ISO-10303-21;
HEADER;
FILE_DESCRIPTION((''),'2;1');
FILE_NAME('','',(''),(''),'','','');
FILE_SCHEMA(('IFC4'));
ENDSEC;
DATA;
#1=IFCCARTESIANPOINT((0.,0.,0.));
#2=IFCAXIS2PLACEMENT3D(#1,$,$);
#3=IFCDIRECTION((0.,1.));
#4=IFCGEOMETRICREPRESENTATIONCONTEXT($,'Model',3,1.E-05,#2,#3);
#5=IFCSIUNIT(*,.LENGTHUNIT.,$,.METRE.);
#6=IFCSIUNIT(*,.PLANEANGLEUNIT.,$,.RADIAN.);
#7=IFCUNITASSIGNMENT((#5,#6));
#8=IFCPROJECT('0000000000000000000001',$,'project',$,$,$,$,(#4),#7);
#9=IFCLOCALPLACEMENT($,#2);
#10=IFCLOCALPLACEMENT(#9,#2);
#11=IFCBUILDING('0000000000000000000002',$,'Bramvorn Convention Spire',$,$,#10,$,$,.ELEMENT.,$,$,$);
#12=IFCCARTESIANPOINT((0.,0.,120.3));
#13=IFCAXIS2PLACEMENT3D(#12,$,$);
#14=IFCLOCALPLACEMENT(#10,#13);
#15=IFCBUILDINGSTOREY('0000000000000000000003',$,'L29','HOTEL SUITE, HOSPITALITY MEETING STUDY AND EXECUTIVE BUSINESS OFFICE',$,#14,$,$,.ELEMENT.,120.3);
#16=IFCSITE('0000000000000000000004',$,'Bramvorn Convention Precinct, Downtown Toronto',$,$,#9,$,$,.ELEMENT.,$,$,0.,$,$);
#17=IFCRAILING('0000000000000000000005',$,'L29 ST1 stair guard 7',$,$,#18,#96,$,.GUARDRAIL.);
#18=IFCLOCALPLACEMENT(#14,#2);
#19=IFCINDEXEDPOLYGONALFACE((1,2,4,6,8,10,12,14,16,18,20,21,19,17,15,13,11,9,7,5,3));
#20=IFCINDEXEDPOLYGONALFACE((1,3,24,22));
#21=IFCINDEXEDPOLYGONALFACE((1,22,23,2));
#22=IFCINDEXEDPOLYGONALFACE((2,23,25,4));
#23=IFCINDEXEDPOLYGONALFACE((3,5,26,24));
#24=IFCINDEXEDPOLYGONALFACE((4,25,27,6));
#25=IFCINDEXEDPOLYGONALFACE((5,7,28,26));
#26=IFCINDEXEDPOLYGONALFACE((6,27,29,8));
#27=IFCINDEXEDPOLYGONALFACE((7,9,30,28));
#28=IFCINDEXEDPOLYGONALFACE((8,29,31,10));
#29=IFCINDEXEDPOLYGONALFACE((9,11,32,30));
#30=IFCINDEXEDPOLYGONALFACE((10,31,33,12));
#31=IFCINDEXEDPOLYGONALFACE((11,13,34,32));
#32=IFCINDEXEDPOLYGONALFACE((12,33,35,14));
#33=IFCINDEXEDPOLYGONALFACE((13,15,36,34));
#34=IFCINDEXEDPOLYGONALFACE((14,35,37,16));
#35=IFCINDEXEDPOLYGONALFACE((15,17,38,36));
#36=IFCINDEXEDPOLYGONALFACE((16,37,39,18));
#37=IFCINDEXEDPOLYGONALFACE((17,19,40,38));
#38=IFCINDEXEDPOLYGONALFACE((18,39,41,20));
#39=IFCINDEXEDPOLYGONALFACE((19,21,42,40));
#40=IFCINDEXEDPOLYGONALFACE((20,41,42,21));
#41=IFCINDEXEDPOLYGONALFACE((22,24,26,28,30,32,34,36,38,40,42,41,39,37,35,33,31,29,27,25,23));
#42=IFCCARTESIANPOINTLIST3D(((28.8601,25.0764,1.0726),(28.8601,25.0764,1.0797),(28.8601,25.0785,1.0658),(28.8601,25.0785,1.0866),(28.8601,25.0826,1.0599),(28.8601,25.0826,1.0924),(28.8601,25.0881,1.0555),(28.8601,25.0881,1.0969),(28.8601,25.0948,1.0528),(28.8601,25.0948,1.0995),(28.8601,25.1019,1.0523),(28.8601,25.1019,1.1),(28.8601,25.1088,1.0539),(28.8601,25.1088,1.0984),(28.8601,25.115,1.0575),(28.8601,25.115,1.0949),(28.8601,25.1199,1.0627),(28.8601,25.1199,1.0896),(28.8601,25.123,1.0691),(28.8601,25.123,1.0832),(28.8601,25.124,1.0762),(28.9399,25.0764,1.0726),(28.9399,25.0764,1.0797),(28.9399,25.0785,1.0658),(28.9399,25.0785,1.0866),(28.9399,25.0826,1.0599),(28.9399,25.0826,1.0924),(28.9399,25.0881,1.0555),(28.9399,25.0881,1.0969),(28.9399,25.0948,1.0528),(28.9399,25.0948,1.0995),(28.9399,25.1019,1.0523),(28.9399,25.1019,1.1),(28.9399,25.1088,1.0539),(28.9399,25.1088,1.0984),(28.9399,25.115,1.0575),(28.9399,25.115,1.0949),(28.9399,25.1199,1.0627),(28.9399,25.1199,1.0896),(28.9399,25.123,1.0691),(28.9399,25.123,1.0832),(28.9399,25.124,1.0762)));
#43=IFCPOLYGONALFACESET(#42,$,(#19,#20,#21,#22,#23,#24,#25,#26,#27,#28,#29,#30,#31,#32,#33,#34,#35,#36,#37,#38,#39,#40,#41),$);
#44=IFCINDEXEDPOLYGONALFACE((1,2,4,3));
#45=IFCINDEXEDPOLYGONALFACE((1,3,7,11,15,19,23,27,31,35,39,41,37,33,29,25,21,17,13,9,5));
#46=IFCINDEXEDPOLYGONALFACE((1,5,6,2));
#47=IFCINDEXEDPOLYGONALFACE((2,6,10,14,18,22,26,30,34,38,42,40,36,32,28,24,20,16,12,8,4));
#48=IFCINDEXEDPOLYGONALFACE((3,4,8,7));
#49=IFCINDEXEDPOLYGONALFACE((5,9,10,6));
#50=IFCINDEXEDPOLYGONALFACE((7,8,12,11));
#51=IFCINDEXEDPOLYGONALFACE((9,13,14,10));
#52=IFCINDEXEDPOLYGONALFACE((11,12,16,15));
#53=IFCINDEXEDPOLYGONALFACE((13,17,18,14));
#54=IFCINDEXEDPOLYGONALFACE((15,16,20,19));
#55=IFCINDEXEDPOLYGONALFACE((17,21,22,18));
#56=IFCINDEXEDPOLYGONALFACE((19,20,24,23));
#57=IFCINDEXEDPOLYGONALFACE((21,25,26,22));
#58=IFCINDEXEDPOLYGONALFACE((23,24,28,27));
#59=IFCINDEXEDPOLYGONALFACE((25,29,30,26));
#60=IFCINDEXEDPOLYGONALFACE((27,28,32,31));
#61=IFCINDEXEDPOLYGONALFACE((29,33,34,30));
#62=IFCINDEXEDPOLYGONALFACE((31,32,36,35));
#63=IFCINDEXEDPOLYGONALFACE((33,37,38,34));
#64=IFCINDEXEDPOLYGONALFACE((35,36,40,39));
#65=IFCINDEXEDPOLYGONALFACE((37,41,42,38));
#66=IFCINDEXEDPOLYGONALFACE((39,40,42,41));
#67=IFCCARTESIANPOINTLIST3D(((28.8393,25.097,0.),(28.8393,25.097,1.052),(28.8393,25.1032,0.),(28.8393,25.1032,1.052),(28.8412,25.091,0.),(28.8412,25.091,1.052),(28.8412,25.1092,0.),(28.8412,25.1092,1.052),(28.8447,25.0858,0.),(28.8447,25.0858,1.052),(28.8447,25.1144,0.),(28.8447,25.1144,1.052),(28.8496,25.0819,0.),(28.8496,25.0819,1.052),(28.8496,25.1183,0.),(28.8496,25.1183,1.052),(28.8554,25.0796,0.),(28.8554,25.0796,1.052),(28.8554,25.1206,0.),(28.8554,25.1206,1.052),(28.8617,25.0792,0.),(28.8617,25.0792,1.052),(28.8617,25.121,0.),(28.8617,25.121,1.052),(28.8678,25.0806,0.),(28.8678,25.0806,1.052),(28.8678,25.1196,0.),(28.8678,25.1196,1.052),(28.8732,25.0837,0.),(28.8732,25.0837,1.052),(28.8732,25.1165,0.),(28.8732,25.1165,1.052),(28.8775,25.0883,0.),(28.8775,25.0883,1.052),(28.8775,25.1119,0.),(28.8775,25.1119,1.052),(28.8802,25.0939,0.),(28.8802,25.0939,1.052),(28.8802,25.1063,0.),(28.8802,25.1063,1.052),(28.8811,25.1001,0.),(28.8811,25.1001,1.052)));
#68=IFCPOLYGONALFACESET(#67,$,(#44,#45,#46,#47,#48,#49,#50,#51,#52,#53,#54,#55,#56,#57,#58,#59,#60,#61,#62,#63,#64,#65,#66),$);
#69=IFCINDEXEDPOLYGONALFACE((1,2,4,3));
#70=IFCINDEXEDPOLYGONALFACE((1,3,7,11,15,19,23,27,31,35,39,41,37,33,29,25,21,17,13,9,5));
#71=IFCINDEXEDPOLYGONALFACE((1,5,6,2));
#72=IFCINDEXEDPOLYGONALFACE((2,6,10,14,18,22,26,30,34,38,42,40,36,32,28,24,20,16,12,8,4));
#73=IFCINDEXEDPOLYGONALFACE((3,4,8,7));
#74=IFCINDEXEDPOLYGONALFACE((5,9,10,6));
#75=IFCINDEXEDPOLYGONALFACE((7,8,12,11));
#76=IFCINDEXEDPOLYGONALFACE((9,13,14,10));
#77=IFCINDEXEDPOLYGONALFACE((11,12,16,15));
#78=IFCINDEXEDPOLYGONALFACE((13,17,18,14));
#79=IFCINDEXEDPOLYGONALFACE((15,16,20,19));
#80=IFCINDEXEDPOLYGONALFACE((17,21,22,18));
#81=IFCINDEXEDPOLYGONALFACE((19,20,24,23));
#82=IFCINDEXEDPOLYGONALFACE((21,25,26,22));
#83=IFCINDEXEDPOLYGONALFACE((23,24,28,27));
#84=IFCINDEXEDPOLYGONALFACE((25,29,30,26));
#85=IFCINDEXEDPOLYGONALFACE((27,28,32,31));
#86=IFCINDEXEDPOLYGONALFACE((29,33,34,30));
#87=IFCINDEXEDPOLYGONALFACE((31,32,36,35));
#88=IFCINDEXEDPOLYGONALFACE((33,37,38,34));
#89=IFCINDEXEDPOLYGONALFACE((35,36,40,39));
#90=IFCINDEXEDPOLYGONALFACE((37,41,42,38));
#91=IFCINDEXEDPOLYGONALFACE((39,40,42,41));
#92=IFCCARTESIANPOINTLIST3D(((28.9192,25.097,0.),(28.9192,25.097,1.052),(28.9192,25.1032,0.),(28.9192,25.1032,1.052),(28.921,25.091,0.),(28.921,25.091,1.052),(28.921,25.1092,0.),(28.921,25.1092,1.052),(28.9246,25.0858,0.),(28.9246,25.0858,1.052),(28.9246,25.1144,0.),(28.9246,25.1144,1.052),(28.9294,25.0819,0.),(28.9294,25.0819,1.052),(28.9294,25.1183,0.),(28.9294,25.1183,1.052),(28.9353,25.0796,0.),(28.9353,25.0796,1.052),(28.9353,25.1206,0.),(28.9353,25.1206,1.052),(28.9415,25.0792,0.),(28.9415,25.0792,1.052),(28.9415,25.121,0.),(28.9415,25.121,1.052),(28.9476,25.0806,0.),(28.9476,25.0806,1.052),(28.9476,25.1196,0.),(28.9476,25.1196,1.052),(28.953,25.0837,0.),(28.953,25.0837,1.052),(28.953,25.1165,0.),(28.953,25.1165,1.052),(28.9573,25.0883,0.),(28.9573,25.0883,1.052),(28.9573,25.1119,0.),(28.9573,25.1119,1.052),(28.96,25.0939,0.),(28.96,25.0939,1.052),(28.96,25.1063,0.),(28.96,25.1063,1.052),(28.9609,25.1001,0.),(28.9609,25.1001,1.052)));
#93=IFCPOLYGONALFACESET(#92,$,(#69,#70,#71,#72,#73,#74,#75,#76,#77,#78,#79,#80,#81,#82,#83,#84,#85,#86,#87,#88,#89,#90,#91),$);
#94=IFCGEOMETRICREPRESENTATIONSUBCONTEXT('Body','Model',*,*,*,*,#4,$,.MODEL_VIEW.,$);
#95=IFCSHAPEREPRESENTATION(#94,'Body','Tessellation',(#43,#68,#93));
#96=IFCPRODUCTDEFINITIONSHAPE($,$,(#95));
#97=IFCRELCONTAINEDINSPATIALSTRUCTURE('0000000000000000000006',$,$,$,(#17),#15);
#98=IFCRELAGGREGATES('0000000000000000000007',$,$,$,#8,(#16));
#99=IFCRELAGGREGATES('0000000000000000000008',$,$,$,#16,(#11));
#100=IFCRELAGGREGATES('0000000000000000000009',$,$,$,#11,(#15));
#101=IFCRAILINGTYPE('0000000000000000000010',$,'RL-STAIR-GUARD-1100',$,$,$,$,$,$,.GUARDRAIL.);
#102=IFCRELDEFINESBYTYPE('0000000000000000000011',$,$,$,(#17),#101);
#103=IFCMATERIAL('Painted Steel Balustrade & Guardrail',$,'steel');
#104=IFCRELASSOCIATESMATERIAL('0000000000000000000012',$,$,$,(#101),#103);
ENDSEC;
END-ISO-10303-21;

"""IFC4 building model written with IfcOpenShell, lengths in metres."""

from ifc_helpers import new_model, si_unit, direction, frame, origin, origin_2d, place, context, subcontext, project, spatial, circle, extrude, material, type_object, element, save


model = new_model("IFC4")

# Units and contexts
model_context = context("Model", 3, precision=1e-05, world=origin(), true_north=direction((0.0, 1.0)))
body_context = subcontext(model_context, "Body", "Model", "MODEL_VIEW")
ifc_project = project(units=[si_unit("LENGTHUNIT", "METRE"), si_unit("PLANEANGLEUNIT", "RADIAN")], contexts=[model_context])

# Site, building, storey
site_placement = place(None, origin())
site = spatial("IfcSite", under=ifc_project, at=site_placement, Name="Bramvorn Convention Precinct, Downtown Toronto", CompositionType="ELEMENT", RefElevation=0.0)
building_placement = place(site_placement, origin())
building = spatial("IfcBuilding", under=site, at=building_placement, Name="Bramvorn Convention Spire", CompositionType="ELEMENT")
storey_placement = place(building_placement, frame((0.0, 0.0, 120.3)))
storey = spatial("IfcBuildingStorey", under=building, at=storey_placement, Name="L29", Description="HOTEL SUITE, HOSPITALITY MEETING STUDY AND EXECUTIVE BUSINESS OFFICE", CompositionType="ELEMENT", Elevation=120.3)

# Railing
ifc_material_1 = material(Name="Painted Steel Balustrade & Guardrail", Category="steel")
railing_type_1 = type_object("IfcRailingType", Name="RL-STAIR-GUARD-1100", PredefinedType="GUARDRAIL", material=ifc_material_1)
railing_1_placement = place(storey_placement, frame((28.8601, 25.1001, 0.0)))
element("IfcRailing", 1, at=railing_1_placement, inside=storey, type_object=railing_type_1, Name="L29 ST1 stair guard 7", PredefinedType="GUARDRAIL", context=body_context, shape_type="SweptSolid", body=[
    extrude(circle(Radius=0.0239, at=origin_2d()), frame((0.0, 0.0, 1.0762), z_axis=(1.0, 0.0, 0.0), x_axis=(0.0, 1.0, 0.0)), (0.0, 0.0, 1.0), 0.0798),
    extrude(circle(Radius=0.021, at=origin_2d()), origin(), (0.0, 0.0, 1.0), 1.052),
    extrude(circle(Radius=0.021, at=origin_2d()), frame((0.0798, 0.0, 0.0)), (0.0, 0.0, 1.0), 1.052),
])

save(model, "model.ifc")
